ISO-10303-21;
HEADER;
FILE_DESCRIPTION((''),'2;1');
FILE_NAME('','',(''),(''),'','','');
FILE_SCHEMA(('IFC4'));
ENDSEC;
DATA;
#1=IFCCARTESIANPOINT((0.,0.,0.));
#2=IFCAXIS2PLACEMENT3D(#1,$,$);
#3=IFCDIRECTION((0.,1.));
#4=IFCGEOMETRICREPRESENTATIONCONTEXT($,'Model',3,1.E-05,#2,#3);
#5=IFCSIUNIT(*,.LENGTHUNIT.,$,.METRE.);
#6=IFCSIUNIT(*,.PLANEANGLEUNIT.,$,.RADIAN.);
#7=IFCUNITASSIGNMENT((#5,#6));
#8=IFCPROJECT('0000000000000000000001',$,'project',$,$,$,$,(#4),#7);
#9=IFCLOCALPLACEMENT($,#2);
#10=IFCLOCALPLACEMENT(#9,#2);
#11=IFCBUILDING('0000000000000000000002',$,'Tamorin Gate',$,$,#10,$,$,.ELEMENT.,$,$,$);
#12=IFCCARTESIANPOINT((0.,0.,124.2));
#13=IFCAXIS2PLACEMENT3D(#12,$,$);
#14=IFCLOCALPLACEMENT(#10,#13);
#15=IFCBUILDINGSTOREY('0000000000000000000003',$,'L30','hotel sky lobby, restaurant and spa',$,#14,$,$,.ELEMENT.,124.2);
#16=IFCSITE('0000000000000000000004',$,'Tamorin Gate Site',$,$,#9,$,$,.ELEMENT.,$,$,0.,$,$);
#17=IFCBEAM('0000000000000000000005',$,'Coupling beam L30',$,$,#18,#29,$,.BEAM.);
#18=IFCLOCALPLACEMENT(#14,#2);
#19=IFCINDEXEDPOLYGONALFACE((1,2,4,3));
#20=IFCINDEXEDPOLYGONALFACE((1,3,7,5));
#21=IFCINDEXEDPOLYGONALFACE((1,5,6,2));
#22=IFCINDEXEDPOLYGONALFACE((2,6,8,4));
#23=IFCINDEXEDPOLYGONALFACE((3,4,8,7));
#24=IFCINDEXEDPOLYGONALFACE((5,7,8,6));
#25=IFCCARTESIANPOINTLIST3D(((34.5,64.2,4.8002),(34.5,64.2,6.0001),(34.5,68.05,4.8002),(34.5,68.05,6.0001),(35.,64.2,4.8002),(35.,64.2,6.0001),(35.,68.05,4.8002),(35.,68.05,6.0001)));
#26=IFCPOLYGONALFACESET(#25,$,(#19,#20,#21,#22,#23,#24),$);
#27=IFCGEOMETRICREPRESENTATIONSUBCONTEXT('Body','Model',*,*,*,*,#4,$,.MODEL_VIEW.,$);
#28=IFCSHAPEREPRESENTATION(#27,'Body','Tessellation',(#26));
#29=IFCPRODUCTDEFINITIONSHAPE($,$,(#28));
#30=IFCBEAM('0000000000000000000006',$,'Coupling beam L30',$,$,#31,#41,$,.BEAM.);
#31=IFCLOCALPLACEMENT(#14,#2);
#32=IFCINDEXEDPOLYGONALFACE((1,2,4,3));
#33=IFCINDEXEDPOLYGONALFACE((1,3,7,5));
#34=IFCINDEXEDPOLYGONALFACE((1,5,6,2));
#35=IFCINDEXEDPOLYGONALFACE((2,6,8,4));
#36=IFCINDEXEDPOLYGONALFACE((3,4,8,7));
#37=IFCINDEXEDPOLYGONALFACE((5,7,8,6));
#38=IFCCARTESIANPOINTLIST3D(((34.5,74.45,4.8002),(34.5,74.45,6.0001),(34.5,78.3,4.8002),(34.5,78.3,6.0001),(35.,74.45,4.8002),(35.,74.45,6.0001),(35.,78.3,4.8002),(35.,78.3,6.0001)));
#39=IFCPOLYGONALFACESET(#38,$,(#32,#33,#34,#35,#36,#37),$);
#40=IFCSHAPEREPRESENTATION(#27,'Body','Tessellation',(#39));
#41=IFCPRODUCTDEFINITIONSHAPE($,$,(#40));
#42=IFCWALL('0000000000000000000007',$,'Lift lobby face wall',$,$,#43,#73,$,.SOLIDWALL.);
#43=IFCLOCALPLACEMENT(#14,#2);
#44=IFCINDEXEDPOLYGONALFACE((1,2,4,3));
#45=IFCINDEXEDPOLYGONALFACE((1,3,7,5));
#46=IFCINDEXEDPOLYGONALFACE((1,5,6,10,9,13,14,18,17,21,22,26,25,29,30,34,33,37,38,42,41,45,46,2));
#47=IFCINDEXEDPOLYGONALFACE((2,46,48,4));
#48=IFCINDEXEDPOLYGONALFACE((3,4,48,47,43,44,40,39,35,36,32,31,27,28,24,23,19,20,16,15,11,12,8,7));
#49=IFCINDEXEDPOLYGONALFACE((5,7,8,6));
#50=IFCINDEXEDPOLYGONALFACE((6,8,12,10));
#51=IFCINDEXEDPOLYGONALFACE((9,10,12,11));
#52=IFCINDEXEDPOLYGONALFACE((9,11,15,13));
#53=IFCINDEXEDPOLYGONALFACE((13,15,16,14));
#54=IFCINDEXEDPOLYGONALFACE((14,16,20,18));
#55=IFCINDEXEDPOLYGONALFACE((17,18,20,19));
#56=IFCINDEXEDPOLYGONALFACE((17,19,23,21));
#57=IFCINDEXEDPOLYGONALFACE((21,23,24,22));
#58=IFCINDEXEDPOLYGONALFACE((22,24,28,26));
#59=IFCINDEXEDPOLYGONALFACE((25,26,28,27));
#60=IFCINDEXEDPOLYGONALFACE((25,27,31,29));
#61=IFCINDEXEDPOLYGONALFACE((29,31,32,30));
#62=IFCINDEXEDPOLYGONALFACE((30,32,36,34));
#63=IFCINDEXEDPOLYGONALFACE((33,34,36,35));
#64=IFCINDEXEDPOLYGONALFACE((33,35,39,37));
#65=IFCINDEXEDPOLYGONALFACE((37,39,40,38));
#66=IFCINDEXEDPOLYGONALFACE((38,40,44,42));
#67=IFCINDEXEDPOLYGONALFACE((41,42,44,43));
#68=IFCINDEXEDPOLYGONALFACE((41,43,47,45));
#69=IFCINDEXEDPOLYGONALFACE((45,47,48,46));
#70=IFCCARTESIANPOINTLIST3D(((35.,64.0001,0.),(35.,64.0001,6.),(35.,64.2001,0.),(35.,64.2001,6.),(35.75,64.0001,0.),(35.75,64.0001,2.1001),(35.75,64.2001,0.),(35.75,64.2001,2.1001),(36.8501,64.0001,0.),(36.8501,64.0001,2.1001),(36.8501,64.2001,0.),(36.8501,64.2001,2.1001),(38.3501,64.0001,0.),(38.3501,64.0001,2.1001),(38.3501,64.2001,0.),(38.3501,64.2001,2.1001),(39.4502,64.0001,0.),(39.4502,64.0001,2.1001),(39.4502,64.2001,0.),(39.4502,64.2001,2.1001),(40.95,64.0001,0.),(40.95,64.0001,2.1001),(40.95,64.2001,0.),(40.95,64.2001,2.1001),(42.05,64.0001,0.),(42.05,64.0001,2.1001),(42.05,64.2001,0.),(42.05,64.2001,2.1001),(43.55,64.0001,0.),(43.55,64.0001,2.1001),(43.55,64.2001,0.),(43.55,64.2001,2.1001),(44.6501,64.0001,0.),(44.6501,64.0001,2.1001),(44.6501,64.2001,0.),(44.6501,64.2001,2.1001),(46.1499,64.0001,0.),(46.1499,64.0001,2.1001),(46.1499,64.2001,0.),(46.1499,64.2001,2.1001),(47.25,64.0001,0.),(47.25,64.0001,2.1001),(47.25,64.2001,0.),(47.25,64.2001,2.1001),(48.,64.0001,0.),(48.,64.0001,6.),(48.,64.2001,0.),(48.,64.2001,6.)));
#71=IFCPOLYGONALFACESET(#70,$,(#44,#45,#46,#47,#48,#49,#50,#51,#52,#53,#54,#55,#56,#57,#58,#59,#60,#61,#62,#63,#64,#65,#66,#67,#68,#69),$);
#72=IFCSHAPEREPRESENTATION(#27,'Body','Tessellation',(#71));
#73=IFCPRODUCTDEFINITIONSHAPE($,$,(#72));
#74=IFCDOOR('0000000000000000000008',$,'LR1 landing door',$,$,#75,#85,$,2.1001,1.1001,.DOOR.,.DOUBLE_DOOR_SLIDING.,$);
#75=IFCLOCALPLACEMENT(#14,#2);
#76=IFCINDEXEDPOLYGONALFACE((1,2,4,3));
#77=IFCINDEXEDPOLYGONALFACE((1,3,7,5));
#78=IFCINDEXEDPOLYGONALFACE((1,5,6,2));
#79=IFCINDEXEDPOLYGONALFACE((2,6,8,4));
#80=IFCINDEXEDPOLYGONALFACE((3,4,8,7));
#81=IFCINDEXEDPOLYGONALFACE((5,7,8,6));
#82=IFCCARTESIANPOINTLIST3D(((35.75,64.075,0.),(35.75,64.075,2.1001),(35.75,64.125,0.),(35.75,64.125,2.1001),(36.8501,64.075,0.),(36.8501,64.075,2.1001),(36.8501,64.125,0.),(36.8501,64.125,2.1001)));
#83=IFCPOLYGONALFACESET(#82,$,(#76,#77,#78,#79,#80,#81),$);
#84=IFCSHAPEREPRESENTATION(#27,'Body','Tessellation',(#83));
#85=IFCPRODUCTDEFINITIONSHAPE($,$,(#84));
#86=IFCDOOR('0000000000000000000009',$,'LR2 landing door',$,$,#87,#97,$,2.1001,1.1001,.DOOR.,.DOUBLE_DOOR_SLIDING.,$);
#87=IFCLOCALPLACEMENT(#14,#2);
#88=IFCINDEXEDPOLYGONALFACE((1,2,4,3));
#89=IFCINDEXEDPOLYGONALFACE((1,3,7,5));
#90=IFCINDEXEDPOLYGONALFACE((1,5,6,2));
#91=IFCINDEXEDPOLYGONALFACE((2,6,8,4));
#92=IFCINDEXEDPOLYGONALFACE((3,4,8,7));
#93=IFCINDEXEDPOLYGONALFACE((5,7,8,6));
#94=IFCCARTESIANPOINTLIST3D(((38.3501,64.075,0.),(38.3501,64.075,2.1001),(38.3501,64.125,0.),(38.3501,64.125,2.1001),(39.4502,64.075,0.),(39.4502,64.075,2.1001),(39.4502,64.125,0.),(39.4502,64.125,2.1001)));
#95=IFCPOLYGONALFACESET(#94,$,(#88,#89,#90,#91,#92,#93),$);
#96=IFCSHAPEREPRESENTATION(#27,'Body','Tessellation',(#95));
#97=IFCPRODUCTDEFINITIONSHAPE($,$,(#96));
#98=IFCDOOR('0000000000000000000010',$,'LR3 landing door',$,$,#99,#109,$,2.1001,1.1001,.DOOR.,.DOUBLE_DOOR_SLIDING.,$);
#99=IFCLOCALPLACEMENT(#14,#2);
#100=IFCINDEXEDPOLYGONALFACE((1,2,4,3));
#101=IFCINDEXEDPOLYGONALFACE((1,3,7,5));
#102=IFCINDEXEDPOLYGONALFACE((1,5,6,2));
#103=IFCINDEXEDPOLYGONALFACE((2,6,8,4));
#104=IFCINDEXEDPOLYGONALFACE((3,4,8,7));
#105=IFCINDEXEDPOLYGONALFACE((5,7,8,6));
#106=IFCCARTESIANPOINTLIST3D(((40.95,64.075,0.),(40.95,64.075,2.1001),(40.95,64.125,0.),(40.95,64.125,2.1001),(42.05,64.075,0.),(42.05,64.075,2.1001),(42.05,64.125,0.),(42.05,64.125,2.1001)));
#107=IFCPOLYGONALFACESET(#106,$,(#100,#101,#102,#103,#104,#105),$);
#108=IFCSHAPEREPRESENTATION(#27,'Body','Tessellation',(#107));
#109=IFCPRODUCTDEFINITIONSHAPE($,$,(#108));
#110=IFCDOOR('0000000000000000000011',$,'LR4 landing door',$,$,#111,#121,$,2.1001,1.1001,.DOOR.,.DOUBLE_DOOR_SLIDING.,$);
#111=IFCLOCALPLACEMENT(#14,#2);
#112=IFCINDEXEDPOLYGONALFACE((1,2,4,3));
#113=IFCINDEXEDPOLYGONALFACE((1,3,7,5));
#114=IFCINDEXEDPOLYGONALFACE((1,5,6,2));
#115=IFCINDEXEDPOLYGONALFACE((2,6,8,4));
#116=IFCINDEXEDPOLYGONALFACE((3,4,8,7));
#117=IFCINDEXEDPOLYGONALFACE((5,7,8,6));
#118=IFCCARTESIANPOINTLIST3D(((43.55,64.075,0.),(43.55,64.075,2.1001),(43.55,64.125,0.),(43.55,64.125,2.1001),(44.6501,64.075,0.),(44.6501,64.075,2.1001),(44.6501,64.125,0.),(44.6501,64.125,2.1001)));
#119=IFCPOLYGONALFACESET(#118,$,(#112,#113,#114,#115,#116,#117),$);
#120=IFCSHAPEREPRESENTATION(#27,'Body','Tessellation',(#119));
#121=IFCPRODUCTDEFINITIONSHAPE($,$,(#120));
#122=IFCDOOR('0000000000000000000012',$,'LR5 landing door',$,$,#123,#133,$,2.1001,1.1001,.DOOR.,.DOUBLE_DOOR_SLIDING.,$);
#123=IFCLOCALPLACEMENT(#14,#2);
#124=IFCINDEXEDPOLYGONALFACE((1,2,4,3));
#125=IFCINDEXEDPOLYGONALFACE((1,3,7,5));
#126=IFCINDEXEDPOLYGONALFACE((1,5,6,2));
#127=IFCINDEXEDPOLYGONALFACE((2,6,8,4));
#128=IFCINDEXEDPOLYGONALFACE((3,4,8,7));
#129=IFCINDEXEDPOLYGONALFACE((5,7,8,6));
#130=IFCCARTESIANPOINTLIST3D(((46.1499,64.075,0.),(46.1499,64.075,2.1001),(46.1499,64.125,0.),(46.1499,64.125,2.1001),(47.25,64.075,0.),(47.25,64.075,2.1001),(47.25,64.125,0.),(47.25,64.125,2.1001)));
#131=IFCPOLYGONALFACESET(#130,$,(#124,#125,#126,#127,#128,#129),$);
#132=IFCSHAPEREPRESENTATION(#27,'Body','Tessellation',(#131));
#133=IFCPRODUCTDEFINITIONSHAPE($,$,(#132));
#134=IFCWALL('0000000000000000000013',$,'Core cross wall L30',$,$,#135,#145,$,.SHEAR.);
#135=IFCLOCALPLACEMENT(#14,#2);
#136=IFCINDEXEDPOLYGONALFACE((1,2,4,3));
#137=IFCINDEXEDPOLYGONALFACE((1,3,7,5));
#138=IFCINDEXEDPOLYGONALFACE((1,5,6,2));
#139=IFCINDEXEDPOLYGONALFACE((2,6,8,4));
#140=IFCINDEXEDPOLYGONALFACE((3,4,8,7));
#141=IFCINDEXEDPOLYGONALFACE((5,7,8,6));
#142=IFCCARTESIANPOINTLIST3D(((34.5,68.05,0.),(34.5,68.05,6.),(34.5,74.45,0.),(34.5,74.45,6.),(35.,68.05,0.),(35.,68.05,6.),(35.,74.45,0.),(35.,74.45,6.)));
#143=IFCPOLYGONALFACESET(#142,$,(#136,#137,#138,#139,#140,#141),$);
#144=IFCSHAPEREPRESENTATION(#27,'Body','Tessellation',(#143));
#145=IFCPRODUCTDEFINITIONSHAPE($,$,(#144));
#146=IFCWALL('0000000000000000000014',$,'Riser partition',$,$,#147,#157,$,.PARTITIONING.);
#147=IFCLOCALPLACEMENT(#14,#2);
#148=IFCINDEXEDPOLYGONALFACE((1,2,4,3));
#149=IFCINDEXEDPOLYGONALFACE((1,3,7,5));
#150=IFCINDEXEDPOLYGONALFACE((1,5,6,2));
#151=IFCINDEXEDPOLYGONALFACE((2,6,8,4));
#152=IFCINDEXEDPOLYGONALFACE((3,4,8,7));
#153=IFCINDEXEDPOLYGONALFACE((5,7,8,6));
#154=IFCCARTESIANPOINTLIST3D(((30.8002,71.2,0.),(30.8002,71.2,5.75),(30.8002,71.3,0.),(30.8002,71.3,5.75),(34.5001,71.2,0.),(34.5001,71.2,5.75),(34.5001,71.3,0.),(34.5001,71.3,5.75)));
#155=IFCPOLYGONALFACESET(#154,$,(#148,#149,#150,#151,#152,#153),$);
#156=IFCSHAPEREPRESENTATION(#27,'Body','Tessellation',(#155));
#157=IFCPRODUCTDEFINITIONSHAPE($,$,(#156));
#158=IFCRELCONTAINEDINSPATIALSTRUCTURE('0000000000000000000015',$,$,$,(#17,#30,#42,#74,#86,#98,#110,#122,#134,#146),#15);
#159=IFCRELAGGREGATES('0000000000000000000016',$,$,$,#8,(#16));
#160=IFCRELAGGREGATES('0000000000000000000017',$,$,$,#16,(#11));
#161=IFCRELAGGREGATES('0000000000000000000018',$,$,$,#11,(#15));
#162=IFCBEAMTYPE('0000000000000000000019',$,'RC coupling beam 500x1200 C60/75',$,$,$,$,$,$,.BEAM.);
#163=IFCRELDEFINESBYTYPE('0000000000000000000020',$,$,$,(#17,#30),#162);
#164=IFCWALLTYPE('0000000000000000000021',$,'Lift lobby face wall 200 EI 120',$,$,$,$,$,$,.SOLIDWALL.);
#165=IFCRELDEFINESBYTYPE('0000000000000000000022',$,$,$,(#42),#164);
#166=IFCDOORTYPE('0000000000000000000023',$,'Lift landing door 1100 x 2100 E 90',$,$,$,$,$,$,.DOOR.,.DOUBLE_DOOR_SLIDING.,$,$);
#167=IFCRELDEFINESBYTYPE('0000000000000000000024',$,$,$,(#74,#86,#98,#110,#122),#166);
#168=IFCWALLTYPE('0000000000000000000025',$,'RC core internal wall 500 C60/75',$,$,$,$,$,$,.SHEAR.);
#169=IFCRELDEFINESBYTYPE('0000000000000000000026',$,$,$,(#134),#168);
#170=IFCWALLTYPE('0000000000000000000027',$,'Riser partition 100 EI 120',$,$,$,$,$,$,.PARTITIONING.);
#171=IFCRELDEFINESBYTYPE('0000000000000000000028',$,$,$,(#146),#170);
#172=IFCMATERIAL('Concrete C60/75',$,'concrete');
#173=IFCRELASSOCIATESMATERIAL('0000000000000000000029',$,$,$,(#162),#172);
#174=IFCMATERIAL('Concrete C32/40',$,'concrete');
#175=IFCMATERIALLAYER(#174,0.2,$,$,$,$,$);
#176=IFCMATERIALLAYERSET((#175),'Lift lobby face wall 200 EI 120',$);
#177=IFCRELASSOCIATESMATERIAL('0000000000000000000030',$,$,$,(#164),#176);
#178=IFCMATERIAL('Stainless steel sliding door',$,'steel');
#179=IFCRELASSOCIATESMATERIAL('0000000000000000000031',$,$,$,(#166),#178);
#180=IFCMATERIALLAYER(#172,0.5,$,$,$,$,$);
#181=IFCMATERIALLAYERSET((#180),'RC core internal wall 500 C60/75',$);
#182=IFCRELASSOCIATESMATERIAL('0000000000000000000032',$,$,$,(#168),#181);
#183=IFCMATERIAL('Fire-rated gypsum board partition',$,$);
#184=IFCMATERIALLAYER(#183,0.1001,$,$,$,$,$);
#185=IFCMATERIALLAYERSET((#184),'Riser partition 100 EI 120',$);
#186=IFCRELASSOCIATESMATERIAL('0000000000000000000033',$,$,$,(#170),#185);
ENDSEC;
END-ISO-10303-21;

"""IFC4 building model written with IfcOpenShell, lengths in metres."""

from ifc_helpers import new_model, si_unit, direction, frame, frame_2d, origin, origin_2d, place, context, subcontext, project, spatial, rectangle, extrude, material, layer, layer_set, material_profile, profile_set, type_object, element, fill, save


model = new_model("IFC4")

# Units and contexts
model_context = context("Model", 3, precision=1e-05, world=origin(), true_north=direction((0.0, 1.0)))
body_context = subcontext(model_context, "Body", "Model", "MODEL_VIEW")
ifc_project = project(units=[si_unit("LENGTHUNIT", "METRE"), si_unit("PLANEANGLEUNIT", "RADIAN")], contexts=[model_context])

# Site, building, storey
site_placement = place(None, origin())
site = spatial("IfcSite", under=ifc_project, at=site_placement, Name="Tamorin Gate Site", CompositionType="ELEMENT", RefElevation=0.0)
building_placement = place(site_placement, origin())
building = spatial("IfcBuilding", under=site, at=building_placement, Name="Tamorin Gate", CompositionType="ELEMENT")
storey_placement = place(building_placement, frame((0.0, 0.0, 124.2)))
storey = spatial("IfcBuildingStorey", under=building, at=storey_placement, Name="L30", Description="hotel sky lobby, restaurant and spa", CompositionType="ELEMENT", Elevation=124.2)

# Beams
ifc_material_1 = material(Name="Concrete C60/75", Category="concrete")
ifc_material_profile = material_profile(ifc_material_1, rectangle(XDim=0.5, YDim=1.2, at=origin_2d()), Name="RC 500x1200")
ifc_profile_set = profile_set([ifc_material_profile], Name="Concrete C60/75")
beam_type = type_object("IfcBeamType", Name="RC coupling beam 500x1200 C60/75", PredefinedType="BEAM", material=ifc_profile_set)
for number, where, z_axis, x_axis, name in (
    (1, (34.75, 64.2, 5.4001), (0.0, 1.0, 0.0), (-1.0, 0.0, 0.0), "Coupling beam L30"),
    (2, (34.75, 74.45, 5.4001), (0.0, 1.0, 0.0), (-1.0, 0.0, 0.0), "Coupling beam L30"),
):
    element("IfcBeam", number, at=place(storey_placement, frame(where, z_axis=z_axis, x_axis=x_axis)), inside=storey, type_object=beam_type, Name=name, PredefinedType="BEAM", context=body_context, shape_type="SweptSolid", body=[
        extrude(rectangle(XDim=0.5, YDim=1.2, at=origin_2d()), origin(), (0.0, 0.0, 1.0), 3.8501),
    ])

# Wall, openings, doors
ifc_material_2 = material(Name="Concrete C32/40", Category="concrete")
ifc_layer_1 = layer(ifc_material_2, 0.2)
ifc_layer_set_1 = layer_set([ifc_layer_1], Name="Lift lobby face wall 200 EI 120")
wall_type_1 = type_object("IfcWallType", Name="Lift lobby face wall 200 EI 120", PredefinedType="SOLIDWALL", material=ifc_layer_set_1)
wall_1_placement = place(storey_placement, frame((35.0, 64.1001, 0.0), z_axis=(0.0, 0.0, 1.0), x_axis=(1.0, 0.0, 0.0)))
wall_1 = element("IfcWall", 3, at=wall_1_placement, inside=storey, type_object=wall_type_1, Name="Lift lobby face wall", PredefinedType="SOLIDWALL", context=body_context, shape_type="SweptSolid", body=[
    extrude(rectangle(XDim=13.0, YDim=0.2, at=frame_2d((6.5, 0.0))), origin(), (0.0, 0.0, 1.0), 6.0),
])
opening_1_placement = place(wall_1_placement, frame((0.75, 0.0, 0.0)))
opening_1 = element("IfcOpeningElement", 4, at=opening_1_placement, cuts=wall_1, PredefinedType="OPENING", context=body_context, shape_type="SweptSolid", body=[
    extrude(rectangle(XDim=1.1001, YDim=2.1001, at=frame_2d((0.55, 1.05))), frame((0.0, 0.1099, 0.0), z_axis=(0.0, -1.0, 0.0), x_axis=(1.0, 0.0, 0.0)), (0.0, 0.0, 1.0), 0.22),
])
opening_2_placement = place(wall_1_placement, frame((3.3501, 0.0, 0.0)))
opening_2 = element("IfcOpeningElement", 5, at=opening_2_placement, cuts=wall_1, PredefinedType="OPENING", context=body_context, shape_type="SweptSolid", body=[
    extrude(rectangle(XDim=1.1001, YDim=2.1001, at=frame_2d((0.55, 1.05))), frame((0.0, 0.1099, 0.0), z_axis=(0.0, -1.0, 0.0), x_axis=(1.0, 0.0, 0.0)), (0.0, 0.0, 1.0), 0.22),
])
opening_3_placement = place(wall_1_placement, frame((5.95, 0.0, 0.0)))
opening_3 = element("IfcOpeningElement", 6, at=opening_3_placement, cuts=wall_1, PredefinedType="OPENING", context=body_context, shape_type="SweptSolid", body=[
    extrude(rectangle(XDim=1.1001, YDim=2.1001, at=frame_2d((0.55, 1.05))), frame((0.0, 0.1099, 0.0), z_axis=(0.0, -1.0, 0.0), x_axis=(1.0, 0.0, 0.0)), (0.0, 0.0, 1.0), 0.22),
])
opening_4_placement = place(wall_1_placement, frame((8.55, 0.0, 0.0)))
opening_4 = element("IfcOpeningElement", 7, at=opening_4_placement, cuts=wall_1, PredefinedType="OPENING", context=body_context, shape_type="SweptSolid", body=[
    extrude(rectangle(XDim=1.1001, YDim=2.1001, at=frame_2d((0.55, 1.05))), frame((0.0, 0.1099, 0.0), z_axis=(0.0, -1.0, 0.0), x_axis=(1.0, 0.0, 0.0)), (0.0, 0.0, 1.0), 0.22),
])
opening_5_placement = place(wall_1_placement, frame((11.1499, 0.0, 0.0)))
opening_5 = element("IfcOpeningElement", 8, at=opening_5_placement, cuts=wall_1, PredefinedType="OPENING", context=body_context, shape_type="SweptSolid", body=[
    extrude(rectangle(XDim=1.1001, YDim=2.1001, at=frame_2d((0.55, 1.05))), frame((0.0, 0.1099, 0.0), z_axis=(0.0, -1.0, 0.0), x_axis=(1.0, 0.0, 0.0)), (0.0, 0.0, 1.0), 0.22),
])
ifc_material_3 = material(Name="Stainless steel sliding door", Category="steel")
door_type_1 = type_object("IfcDoorType", Name="Lift landing door 1100 x 2100 E 90", OperationType="DOUBLE_DOOR_SLIDING", PredefinedType="DOOR", material=ifc_material_3)
door_1_placement = place(opening_1_placement, origin())
door_1 = element("IfcDoor", 9, at=door_1_placement, inside=storey, type_object=door_type_1, Name="LR1 landing door", OperationType="DOUBLE_DOOR_SLIDING", OverallHeight=2.1001, OverallWidth=1.1001, PredefinedType="DOOR", context=body_context, shape_type="SweptSolid", body=[
    extrude(rectangle(XDim=1.1001, YDim=2.1001, at=frame_2d((0.55, 1.05))), frame((0.0, 0.0249, 0.0), z_axis=(0.0, -1.0, 0.0), x_axis=(1.0, 0.0, 0.0)), (0.0, 0.0, 1.0), 0.05),
])
fill(opening_1, door_1)
door_2_placement = place(opening_2_placement, origin())
door_2 = element("IfcDoor", 10, at=door_2_placement, inside=storey, type_object=door_type_1, Name="LR2 landing door", OperationType="DOUBLE_DOOR_SLIDING", OverallHeight=2.1001, OverallWidth=1.1001, PredefinedType="DOOR", context=body_context, shape_type="SweptSolid", body=[
    extrude(rectangle(XDim=1.1001, YDim=2.1001, at=frame_2d((0.55, 1.05))), frame((0.0, 0.0249, 0.0), z_axis=(0.0, -1.0, 0.0), x_axis=(1.0, 0.0, 0.0)), (0.0, 0.0, 1.0), 0.05),
])
fill(opening_2, door_2)
door_3_placement = place(opening_3_placement, origin())
door_3 = element("IfcDoor", 11, at=door_3_placement, inside=storey, type_object=door_type_1, Name="LR3 landing door", OperationType="DOUBLE_DOOR_SLIDING", OverallHeight=2.1001, OverallWidth=1.1001, PredefinedType="DOOR", context=body_context, shape_type="SweptSolid", body=[
    extrude(rectangle(XDim=1.1001, YDim=2.1001, at=frame_2d((0.55, 1.05))), frame((0.0, 0.0249, 0.0), z_axis=(0.0, -1.0, 0.0), x_axis=(1.0, 0.0, 0.0)), (0.0, 0.0, 1.0), 0.05),
])
fill(opening_3, door_3)
door_4_placement = place(opening_4_placement, origin())
door_4 = element("IfcDoor", 12, at=door_4_placement, inside=storey, type_object=door_type_1, Name="LR4 landing door", OperationType="DOUBLE_DOOR_SLIDING", OverallHeight=2.1001, OverallWidth=1.1001, PredefinedType="DOOR", context=body_context, shape_type="SweptSolid", body=[
    extrude(rectangle(XDim=1.1001, YDim=2.1001, at=frame_2d((0.55, 1.05))), frame((0.0, 0.0249, 0.0), z_axis=(0.0, -1.0, 0.0), x_axis=(1.0, 0.0, 0.0)), (0.0, 0.0, 1.0), 0.05),
])
fill(opening_4, door_4)
door_5_placement = place(opening_5_placement, origin())
door_5 = element("IfcDoor", 13, at=door_5_placement, inside=storey, type_object=door_type_1, Name="LR5 landing door", OperationType="DOUBLE_DOOR_SLIDING", OverallHeight=2.1001, OverallWidth=1.1001, PredefinedType="DOOR", context=body_context, shape_type="SweptSolid", body=[
    extrude(rectangle(XDim=1.1001, YDim=2.1001, at=frame_2d((0.55, 1.05))), frame((0.0, 0.0249, 0.0), z_axis=(0.0, -1.0, 0.0), x_axis=(1.0, 0.0, 0.0)), (0.0, 0.0, 1.0), 0.05),
])
fill(opening_5, door_5)

# Walls
ifc_layer_2 = layer(ifc_material_1, 0.5)
ifc_layer_set_2 = layer_set([ifc_layer_2], Name="RC core internal wall 500 C60/75")
wall_type_2 = type_object("IfcWallType", Name="RC core internal wall 500 C60/75", PredefinedType="SHEAR", material=ifc_layer_set_2)
wall_2_placement = place(storey_placement, frame((34.75, 68.05, 0.0), z_axis=(0.0, 0.0, 1.0), x_axis=(0.0, 1.0, 0.0)))
element("IfcWall", 14, at=wall_2_placement, inside=storey, type_object=wall_type_2, Name="Core cross wall L30", PredefinedType="SHEAR", context=body_context, shape_type="SweptSolid", body=[
    extrude(rectangle(XDim=6.3999, YDim=0.5, at=frame_2d((3.2, 0.0))), origin(), (0.0, 0.0, 1.0), 6.0),
])
ifc_material_4 = material(Name="Fire-rated gypsum board partition")
ifc_layer_3 = layer(ifc_material_4, 0.1001)
ifc_layer_set_3 = layer_set([ifc_layer_3], Name="Riser partition 100 EI 120")
wall_type_3 = type_object("IfcWallType", Name="Riser partition 100 EI 120", PredefinedType="PARTITIONING", material=ifc_layer_set_3)
wall_3_placement = place(storey_placement, frame((30.8, 71.25, 0.0), z_axis=(0.0, 0.0, 1.0), x_axis=(1.0, 0.0, 0.0)))
element("IfcWall", 15, at=wall_3_placement, inside=storey, type_object=wall_type_3, Name="Riser partition", PredefinedType="PARTITIONING", context=body_context, shape_type="SweptSolid", body=[
    extrude(rectangle(XDim=3.7, YDim=0.1001, at=frame_2d((1.8501, 0.0))), origin(), (0.0, 0.0, 1.0), 5.75),
])

save(model, "model.ifc")
